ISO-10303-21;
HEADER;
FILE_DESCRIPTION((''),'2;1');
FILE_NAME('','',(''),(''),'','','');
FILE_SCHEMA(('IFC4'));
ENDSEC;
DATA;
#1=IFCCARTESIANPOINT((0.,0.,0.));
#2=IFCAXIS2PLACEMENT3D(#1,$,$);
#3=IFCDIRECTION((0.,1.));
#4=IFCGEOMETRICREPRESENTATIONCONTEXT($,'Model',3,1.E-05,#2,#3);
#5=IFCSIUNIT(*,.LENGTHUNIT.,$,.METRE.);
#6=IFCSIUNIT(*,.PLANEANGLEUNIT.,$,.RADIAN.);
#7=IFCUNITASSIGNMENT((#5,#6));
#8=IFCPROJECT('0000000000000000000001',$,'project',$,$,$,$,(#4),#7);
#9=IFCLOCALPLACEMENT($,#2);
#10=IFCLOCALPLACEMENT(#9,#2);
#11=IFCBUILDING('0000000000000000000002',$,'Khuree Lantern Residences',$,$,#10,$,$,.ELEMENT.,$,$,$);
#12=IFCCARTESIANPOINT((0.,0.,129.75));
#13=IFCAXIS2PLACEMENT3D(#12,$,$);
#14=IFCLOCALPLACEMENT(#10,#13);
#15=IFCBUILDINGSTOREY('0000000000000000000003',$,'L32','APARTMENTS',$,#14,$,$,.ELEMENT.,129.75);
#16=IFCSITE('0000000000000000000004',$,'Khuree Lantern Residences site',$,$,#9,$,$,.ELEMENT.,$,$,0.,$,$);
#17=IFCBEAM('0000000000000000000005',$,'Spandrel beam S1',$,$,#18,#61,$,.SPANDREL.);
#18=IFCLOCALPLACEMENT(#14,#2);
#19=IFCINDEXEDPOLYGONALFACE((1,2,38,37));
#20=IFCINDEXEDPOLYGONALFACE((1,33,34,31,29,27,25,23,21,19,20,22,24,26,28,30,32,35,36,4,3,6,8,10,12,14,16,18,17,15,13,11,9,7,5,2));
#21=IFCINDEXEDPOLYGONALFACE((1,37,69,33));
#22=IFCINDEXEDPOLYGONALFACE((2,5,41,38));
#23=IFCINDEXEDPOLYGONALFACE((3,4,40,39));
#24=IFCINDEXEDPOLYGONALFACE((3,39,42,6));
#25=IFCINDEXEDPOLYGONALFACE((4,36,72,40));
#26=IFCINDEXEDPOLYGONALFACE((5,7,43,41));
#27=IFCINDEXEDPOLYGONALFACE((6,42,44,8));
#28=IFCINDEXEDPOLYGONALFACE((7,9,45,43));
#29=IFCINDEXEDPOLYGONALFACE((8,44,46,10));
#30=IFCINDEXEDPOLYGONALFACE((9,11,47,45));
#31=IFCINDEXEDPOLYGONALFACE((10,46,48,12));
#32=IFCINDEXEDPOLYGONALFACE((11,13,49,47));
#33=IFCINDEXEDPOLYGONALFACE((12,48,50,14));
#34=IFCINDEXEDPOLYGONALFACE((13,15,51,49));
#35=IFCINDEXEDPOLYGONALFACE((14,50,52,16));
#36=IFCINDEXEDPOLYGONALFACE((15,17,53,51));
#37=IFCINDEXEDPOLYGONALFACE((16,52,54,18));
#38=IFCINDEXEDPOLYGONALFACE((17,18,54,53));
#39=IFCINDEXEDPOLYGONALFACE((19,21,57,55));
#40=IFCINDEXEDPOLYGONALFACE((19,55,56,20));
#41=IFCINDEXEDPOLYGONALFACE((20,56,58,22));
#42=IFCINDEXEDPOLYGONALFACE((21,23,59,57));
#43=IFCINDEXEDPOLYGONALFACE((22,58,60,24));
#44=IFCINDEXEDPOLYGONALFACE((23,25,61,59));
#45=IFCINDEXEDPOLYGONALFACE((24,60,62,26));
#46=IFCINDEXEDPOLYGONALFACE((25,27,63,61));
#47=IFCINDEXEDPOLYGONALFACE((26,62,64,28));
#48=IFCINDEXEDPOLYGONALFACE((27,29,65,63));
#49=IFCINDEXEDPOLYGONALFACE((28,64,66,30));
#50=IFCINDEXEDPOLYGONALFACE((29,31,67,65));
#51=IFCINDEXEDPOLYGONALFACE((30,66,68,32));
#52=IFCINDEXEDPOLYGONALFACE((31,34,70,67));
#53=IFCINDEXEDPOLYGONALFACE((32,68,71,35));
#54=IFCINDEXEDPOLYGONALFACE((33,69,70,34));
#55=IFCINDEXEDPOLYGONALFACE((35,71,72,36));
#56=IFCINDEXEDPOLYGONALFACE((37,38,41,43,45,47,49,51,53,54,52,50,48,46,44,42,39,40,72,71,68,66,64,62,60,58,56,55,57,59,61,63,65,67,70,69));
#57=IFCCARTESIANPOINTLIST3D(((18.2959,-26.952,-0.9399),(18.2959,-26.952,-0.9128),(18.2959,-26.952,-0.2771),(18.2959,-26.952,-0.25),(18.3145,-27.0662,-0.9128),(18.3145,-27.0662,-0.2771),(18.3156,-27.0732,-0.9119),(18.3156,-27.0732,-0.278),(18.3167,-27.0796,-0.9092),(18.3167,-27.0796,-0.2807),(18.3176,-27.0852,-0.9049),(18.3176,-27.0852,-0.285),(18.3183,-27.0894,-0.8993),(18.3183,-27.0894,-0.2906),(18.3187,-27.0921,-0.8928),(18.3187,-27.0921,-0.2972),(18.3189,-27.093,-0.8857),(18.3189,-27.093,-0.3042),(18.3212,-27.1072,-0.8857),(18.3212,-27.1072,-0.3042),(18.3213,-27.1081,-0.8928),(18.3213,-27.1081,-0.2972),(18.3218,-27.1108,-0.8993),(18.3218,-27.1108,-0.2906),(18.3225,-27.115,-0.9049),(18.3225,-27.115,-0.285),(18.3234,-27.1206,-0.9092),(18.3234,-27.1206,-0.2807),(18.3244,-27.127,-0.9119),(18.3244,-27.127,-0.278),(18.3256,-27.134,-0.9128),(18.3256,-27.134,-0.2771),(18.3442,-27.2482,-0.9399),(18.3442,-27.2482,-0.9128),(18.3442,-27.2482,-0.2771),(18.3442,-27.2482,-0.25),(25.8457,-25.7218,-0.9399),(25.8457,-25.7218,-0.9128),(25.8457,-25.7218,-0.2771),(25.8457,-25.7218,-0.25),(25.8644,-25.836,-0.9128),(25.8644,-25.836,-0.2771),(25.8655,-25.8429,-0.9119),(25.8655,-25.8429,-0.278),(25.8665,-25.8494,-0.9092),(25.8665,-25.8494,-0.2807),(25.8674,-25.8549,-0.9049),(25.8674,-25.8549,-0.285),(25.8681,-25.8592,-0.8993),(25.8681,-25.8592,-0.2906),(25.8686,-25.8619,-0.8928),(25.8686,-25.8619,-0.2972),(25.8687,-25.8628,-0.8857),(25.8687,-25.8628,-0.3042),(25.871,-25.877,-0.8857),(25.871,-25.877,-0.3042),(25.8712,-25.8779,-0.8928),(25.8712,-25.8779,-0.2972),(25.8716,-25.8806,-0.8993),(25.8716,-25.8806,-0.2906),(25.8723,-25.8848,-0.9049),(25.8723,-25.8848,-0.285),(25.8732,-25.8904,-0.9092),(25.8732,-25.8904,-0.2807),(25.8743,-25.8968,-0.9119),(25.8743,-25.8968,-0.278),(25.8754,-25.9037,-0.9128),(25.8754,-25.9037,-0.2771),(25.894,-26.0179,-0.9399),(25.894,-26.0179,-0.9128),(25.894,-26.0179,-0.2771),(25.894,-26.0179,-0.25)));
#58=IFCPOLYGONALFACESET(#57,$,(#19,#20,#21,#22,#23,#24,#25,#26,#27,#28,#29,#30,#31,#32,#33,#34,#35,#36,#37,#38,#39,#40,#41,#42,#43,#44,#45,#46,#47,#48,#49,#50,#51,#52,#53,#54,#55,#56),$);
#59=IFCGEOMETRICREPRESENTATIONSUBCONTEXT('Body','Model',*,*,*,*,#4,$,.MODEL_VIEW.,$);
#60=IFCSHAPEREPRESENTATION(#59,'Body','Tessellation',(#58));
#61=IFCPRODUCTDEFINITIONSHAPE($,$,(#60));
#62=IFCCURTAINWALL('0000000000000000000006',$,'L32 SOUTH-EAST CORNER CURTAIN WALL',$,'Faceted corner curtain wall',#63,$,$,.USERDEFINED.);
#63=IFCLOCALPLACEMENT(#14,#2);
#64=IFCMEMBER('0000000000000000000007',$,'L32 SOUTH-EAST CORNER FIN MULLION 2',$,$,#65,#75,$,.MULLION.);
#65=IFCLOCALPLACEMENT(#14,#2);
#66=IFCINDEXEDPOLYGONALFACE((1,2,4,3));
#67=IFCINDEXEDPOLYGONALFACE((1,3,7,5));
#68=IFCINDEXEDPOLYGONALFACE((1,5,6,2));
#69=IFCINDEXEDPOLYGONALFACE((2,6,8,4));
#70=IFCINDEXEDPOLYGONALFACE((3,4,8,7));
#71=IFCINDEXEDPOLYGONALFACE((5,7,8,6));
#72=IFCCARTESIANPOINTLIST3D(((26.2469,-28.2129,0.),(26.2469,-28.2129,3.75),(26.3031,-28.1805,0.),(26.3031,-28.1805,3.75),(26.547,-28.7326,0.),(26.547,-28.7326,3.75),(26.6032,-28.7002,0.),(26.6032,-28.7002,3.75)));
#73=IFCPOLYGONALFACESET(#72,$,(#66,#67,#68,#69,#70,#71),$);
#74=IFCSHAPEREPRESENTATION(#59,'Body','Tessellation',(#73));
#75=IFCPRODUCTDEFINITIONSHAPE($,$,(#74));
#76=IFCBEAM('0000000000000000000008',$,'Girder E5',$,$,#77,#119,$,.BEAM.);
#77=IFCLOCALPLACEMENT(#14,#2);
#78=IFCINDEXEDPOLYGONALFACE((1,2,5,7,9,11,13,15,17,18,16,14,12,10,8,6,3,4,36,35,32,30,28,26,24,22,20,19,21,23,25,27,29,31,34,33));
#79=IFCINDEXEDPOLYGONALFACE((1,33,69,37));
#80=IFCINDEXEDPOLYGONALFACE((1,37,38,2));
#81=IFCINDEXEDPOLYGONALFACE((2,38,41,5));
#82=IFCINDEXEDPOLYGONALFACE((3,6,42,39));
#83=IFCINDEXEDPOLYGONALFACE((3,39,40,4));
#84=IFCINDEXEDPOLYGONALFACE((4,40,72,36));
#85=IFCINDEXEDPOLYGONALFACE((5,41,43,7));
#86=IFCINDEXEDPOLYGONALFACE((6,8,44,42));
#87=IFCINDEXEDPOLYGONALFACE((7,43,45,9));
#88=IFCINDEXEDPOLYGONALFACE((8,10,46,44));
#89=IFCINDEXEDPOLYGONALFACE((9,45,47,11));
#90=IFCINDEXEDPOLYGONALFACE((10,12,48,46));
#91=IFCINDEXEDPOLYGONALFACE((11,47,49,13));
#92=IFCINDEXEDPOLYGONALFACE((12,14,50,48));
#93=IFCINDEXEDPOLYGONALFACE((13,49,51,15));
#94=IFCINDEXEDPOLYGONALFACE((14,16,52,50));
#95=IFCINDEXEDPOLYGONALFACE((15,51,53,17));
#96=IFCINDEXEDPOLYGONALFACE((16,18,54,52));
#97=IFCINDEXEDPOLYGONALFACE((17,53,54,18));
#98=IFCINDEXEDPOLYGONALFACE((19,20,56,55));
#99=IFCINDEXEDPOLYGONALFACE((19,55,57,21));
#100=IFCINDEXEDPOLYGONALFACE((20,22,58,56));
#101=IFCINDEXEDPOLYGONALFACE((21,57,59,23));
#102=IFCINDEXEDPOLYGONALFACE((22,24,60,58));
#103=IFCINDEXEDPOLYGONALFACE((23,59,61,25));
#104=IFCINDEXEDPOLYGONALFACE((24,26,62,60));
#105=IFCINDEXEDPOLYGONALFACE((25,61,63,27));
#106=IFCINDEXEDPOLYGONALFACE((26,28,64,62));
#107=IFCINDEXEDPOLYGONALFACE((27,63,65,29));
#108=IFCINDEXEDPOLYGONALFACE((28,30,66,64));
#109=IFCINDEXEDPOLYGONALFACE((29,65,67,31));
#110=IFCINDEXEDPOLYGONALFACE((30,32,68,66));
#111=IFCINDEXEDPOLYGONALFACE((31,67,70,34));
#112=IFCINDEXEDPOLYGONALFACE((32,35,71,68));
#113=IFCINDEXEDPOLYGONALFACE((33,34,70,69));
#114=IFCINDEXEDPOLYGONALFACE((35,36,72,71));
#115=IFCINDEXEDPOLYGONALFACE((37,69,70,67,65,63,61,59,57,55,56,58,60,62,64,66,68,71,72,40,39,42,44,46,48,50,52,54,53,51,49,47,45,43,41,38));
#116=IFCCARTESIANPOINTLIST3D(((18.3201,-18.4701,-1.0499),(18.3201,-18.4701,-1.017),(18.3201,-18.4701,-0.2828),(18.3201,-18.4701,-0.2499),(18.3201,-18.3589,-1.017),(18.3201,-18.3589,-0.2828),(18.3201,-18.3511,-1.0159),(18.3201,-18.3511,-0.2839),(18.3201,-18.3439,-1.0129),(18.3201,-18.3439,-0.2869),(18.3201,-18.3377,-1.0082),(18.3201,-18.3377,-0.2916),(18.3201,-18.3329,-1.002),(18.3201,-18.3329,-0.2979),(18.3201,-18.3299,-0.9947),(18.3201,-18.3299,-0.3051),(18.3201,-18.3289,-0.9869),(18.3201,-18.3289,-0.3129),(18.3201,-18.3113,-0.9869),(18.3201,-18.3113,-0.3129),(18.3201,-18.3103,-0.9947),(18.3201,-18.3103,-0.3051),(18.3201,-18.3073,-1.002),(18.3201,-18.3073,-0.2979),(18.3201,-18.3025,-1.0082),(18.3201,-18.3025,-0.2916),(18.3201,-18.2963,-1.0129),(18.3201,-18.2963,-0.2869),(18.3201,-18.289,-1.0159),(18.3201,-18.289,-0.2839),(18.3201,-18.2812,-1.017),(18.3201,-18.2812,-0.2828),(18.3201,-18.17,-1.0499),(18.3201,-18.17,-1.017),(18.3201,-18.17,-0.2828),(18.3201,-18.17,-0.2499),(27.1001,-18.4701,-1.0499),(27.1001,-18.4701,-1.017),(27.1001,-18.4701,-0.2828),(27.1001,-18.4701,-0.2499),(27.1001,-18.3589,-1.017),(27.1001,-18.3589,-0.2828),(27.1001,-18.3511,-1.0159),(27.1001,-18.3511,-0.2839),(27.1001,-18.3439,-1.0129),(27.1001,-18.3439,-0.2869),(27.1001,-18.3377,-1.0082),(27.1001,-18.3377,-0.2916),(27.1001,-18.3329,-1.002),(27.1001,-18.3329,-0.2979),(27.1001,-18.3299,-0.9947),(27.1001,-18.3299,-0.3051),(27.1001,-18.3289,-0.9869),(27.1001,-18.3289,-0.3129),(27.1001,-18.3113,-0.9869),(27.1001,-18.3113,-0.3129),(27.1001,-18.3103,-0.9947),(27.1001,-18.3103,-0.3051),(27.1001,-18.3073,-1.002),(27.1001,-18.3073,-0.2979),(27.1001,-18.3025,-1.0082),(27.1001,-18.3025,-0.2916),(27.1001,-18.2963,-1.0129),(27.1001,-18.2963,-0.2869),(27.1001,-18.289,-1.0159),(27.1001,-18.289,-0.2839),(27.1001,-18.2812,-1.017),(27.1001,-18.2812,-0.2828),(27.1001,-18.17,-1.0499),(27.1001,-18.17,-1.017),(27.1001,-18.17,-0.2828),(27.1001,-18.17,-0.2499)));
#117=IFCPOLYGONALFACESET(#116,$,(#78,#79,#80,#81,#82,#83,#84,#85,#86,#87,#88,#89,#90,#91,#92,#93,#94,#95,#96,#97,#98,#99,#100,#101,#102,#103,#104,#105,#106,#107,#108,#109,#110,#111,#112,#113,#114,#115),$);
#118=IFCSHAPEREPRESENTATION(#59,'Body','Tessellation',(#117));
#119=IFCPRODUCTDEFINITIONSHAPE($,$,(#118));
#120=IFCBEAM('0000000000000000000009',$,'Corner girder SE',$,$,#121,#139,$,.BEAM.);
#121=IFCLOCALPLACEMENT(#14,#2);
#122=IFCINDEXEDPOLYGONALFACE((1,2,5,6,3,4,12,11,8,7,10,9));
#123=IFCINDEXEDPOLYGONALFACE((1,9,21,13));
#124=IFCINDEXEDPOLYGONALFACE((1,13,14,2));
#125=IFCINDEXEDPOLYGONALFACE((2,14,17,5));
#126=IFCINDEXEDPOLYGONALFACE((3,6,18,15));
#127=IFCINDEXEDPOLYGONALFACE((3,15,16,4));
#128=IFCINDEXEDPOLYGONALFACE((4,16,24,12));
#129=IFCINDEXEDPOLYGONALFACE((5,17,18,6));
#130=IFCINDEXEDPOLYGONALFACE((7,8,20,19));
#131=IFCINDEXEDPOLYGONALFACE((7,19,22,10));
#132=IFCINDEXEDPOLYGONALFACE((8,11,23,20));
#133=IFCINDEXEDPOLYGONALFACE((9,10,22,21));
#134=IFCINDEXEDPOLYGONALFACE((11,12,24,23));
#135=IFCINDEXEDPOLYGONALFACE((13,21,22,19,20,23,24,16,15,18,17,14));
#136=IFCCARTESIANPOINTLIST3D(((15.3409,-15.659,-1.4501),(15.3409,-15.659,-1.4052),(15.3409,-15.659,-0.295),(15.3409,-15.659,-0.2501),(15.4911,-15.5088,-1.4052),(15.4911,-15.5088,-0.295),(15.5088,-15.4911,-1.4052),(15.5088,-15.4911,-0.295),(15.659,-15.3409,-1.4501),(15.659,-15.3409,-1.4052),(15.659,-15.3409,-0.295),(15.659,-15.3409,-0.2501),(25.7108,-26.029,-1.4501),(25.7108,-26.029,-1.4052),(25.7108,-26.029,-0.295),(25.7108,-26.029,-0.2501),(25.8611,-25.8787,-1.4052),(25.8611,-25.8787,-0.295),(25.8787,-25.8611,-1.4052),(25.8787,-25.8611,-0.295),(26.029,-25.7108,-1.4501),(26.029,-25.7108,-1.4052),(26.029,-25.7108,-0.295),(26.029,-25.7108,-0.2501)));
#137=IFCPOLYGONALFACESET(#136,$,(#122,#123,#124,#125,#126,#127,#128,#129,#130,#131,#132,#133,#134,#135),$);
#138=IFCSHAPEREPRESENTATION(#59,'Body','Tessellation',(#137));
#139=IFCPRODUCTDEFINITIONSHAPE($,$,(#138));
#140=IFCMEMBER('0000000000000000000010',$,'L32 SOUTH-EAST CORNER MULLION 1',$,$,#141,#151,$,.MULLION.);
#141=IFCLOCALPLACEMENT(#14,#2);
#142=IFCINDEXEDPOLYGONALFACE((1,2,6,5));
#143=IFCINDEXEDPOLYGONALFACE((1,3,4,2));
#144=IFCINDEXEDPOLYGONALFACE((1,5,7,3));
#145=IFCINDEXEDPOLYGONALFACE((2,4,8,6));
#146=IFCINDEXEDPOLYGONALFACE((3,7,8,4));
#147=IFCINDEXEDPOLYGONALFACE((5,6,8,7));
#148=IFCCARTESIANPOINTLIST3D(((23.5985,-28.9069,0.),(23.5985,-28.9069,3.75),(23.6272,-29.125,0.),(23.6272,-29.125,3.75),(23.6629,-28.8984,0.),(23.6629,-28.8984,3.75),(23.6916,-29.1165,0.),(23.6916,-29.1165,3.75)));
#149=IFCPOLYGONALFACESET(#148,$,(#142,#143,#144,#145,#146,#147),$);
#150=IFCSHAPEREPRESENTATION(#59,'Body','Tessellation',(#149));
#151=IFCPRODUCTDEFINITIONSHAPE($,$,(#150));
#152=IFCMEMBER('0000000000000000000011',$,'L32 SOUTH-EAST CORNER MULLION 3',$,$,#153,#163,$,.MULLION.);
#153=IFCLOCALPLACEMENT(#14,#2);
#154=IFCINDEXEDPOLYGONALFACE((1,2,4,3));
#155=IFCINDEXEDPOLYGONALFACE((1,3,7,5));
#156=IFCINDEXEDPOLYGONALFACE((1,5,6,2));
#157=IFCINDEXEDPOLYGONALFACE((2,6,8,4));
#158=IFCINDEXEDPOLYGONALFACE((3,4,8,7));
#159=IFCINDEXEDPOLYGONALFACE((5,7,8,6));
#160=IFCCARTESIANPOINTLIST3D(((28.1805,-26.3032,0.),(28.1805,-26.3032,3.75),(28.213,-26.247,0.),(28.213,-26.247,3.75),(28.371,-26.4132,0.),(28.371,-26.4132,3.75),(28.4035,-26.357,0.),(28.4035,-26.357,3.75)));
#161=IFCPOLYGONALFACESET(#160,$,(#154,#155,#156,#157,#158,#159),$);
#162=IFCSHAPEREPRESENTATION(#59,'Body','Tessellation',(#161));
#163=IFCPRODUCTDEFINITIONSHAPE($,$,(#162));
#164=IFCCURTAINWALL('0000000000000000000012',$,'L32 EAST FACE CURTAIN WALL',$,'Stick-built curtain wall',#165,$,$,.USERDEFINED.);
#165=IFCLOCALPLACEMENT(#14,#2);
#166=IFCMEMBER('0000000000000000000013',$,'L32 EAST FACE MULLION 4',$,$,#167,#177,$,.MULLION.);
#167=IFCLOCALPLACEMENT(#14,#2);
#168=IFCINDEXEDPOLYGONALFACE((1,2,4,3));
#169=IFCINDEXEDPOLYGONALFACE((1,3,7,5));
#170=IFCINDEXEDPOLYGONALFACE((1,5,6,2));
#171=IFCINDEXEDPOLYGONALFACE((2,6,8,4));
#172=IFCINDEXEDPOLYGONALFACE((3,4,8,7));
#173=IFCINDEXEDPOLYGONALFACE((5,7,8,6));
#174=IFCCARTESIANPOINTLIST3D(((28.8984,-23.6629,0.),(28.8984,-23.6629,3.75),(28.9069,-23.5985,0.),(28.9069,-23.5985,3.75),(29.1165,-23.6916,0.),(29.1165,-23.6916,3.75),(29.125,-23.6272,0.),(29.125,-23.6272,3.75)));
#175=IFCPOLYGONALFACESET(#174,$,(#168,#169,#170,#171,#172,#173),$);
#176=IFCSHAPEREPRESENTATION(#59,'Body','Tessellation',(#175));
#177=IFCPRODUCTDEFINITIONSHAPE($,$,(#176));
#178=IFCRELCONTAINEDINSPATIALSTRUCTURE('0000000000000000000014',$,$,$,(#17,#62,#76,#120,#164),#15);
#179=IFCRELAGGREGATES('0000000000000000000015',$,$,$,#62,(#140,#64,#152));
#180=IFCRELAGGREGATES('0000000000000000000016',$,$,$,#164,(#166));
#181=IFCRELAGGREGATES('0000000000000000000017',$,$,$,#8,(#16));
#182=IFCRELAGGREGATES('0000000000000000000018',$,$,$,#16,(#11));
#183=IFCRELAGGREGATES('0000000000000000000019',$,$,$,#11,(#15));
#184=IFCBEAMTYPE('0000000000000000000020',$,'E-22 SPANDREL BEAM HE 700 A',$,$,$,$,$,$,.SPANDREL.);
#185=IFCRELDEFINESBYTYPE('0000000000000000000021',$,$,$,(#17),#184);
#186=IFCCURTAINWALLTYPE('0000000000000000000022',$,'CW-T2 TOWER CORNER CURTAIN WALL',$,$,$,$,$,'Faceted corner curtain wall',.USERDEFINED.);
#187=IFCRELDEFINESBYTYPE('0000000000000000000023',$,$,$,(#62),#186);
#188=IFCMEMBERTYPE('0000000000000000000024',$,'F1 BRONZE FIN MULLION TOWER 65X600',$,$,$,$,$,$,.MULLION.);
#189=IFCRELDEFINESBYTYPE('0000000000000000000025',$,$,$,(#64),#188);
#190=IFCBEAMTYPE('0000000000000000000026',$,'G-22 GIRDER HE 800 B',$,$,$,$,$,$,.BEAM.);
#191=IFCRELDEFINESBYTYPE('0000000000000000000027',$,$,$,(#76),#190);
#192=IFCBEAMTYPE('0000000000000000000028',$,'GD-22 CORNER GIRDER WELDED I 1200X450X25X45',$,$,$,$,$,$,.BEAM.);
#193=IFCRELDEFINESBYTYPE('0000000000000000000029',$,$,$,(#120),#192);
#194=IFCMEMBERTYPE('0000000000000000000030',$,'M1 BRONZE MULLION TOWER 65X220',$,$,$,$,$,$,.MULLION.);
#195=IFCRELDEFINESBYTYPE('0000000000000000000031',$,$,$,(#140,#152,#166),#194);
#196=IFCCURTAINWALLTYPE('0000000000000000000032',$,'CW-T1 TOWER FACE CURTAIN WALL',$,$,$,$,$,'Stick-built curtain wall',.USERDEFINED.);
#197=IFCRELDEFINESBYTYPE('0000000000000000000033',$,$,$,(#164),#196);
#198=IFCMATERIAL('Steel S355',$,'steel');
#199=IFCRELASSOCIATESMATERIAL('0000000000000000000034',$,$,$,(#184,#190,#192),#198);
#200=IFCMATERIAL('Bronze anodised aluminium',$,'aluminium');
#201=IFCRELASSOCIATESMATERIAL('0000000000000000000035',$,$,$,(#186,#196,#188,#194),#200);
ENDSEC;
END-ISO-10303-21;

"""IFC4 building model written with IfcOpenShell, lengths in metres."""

from ifc_helpers import new_model, si_unit, direction, frame, origin, origin_2d, place, context, subcontext, project, spatial, rectangle, i_section, extrude, material, material_profile, profile_set, type_object, element, aggregate, save


model = new_model("IFC4")

# Units and contexts
model_context = context("Model", 3, precision=1e-05, world=origin(), true_north=direction((0.0, 1.0)))
body_context = subcontext(model_context, "Body", "Model", "MODEL_VIEW")
ifc_project = project(units=[si_unit("LENGTHUNIT", "METRE"), si_unit("PLANEANGLEUNIT", "RADIAN")], contexts=[model_context])

# Site, building, storey
site_placement = place(None, origin())
site = spatial("IfcSite", under=ifc_project, at=site_placement, Name="Khuree Lantern Residences site", CompositionType="ELEMENT", RefElevation=0.0)
building_placement = place(site_placement, origin())
building = spatial("IfcBuilding", under=site, at=building_placement, Name="Khuree Lantern Residences", CompositionType="ELEMENT")
storey_placement = place(building_placement, frame((0.0, 0.0, 129.75)))
storey = spatial("IfcBuildingStorey", under=building, at=storey_placement, Name="L32", Description="APARTMENTS", CompositionType="ELEMENT", Elevation=129.75)

# Beam
ifc_material_1 = material(Name="Steel S355", Category="steel")
ifc_material_profile_1 = material_profile(ifc_material_1, i_section(OverallWidth=0.3, OverallDepth=0.6899, WebThickness=0.0144, FlangeThickness=0.0271, FilletRadius=0.0271, at=origin_2d()), Name="HE 700 A")
ifc_profile_set_1 = profile_set([ifc_material_profile_1], Name="Steel S355")
beam_type_1 = type_object("IfcBeamType", Name="E-22 SPANDREL BEAM HE 700 A", PredefinedType="SPANDREL", material=ifc_profile_set_1)
for number, where, z_axis, x_axis, name in (
    (1, (25.8699, -25.8699, -0.595), (-0.986983, -0.160827, 0.0), (0.160827, -0.986983, 0.0), "Spandrel beam S1"),
):
    element("IfcBeam", number, at=place(storey_placement, frame(where, z_axis=z_axis, x_axis=x_axis)), inside=storey, type_object=beam_type_1, Name=name, PredefinedType="SPANDREL", context=body_context, shape_type="SweptSolid", body=[
        extrude(i_section(OverallWidth=0.3, OverallDepth=0.6899, WebThickness=0.0144, FlangeThickness=0.0271, FilletRadius=0.0271, at=origin_2d()), origin(), (0.0, 0.0, 1.0), 7.6494),
    ])

# Curtain wall, member
ifc_material_2 = material(Name="Bronze anodised aluminium", Category="aluminium")
curtain_wall_type_1 = type_object("IfcCurtainWallType", Name="CW-T2 TOWER CORNER CURTAIN WALL", ElementType="Faceted corner curtain wall", PredefinedType="USERDEFINED", material=ifc_material_2)
curtain_wall_1_placement = place(storey_placement, origin())
curtain_wall_1 = element("IfcCurtainWall", 2, at=curtain_wall_1_placement, inside=storey, type_object=curtain_wall_type_1, Name="L32 SOUTH-EAST CORNER CURTAIN WALL", ObjectType="Faceted corner curtain wall", PredefinedType="USERDEFINED")
ifc_material_profile_2 = material_profile(ifc_material_2, rectangle(XDim=0.0649, YDim=0.6001, at=origin_2d()), Name="F1 65X600")
ifc_profile_set_2 = profile_set([ifc_material_profile_2], Name="Bronze anodised aluminium")
member_type_1 = type_object("IfcMemberType", Name="F1 BRONZE FIN MULLION TOWER 65X600", PredefinedType="MULLION", material=ifc_profile_set_2)
member_1_placement = place(storey_placement, frame((26.425, -28.4565, 0.0), z_axis=(0.0, 0.0, 1.0), x_axis=(0.866025, 0.5, 0.0)))
member_1 = element("IfcMember", 3, at=member_1_placement, type_object=member_type_1, Name="L32 SOUTH-EAST CORNER FIN MULLION 2", PredefinedType="MULLION", context=body_context, shape_type="SweptSolid", body=[
    extrude(rectangle(XDim=0.0649, YDim=0.6001, at=origin_2d()), origin(), (0.0, 0.0, 1.0), 3.75),
])

# Beams
ifc_material_profile_3 = material_profile(ifc_material_1, i_section(OverallWidth=0.3, OverallDepth=0.8, WebThickness=0.0176, FlangeThickness=0.033, FilletRadius=0.03, at=origin_2d()), Name="HE 800 B")
ifc_profile_set_3 = profile_set([ifc_material_profile_3], Name="Steel S355")
beam_type_2 = type_object("IfcBeamType", Name="G-22 GIRDER HE 800 B", PredefinedType="BEAM", material=ifc_profile_set_3)
beam_1_placement = place(storey_placement, frame((27.1001, -18.3201, -0.6499), z_axis=(-1.0, 0.0, 0.0), x_axis=(0.0, -1.0, 0.0)))
element("IfcBeam", 4, at=beam_1_placement, inside=storey, type_object=beam_type_2, Name="Girder E5", PredefinedType="BEAM", context=body_context, shape_type="SweptSolid", body=[
    extrude(i_section(OverallWidth=0.3, OverallDepth=0.8, WebThickness=0.0176, FlangeThickness=0.033, FilletRadius=0.03, at=origin_2d()), origin(), (0.0, 0.0, 1.0), 8.78),
])
ifc_material_profile_4 = material_profile(ifc_material_1, i_section(OverallWidth=0.45, OverallDepth=1.2, WebThickness=0.0249, FlangeThickness=0.0449, at=origin_2d()), Name="WELDED I 1200X450X25X45")
ifc_profile_set_4 = profile_set([ifc_material_profile_4], Name="Steel S355")
beam_type_3 = type_object("IfcBeamType", Name="GD-22 CORNER GIRDER WELDED I 1200X450X25X45", PredefinedType="BEAM", material=ifc_profile_set_4)
beam_2_placement = place(storey_placement, frame((25.8699, -25.8699, -0.8501), z_axis=(-0.707107, 0.707107, 0.0), x_axis=(-0.707107, -0.707107, 0.0)))
element("IfcBeam", 5, at=beam_2_placement, inside=storey, type_object=beam_type_3, Name="Corner girder SE", PredefinedType="BEAM", context=body_context, shape_type="SweptSolid", body=[
    extrude(i_section(OverallWidth=0.45, OverallDepth=1.2, WebThickness=0.0249, FlangeThickness=0.0449, at=origin_2d()), origin(), (0.0, 0.0, 1.0), 14.6653),
])

# Members
ifc_material_profile_5 = material_profile(ifc_material_2, rectangle(XDim=0.0649, YDim=0.22, at=origin_2d()), Name="M1 65X220")
ifc_profile_set_5 = profile_set([ifc_material_profile_5], Name="Bronze anodised aluminium")
member_type_2 = type_object("IfcMemberType", Name="M1 BRONZE MULLION TOWER 65X220", PredefinedType="MULLION", material=ifc_profile_set_5)
member_2_placement = place(storey_placement, frame((23.645, -29.0117, 0.0), z_axis=(0.0, 0.0, 1.0), x_axis=(0.991445, 0.130526, 0.0)))
member_2 = element("IfcMember", 6, at=member_2_placement, type_object=member_type_2, Name="L32 SOUTH-EAST CORNER MULLION 1", PredefinedType="MULLION", context=body_context, shape_type="SweptSolid", body=[
    extrude(rectangle(XDim=0.0649, YDim=0.22, at=origin_2d()), origin(), (0.0, 0.0, 1.0), 3.75),
])
member_3_placement = place(storey_placement, frame((28.292, -26.3301, 0.0), z_axis=(0.0, 0.0, 1.0), x_axis=(0.5, 0.866025, 0.0)))
member_3 = element("IfcMember", 7, at=member_3_placement, type_object=member_type_2, Name="L32 SOUTH-EAST CORNER MULLION 3", PredefinedType="MULLION", context=body_context, shape_type="SweptSolid", body=[
    extrude(rectangle(XDim=0.0649, YDim=0.22, at=origin_2d()), origin(), (0.0, 0.0, 1.0), 3.75),
])

# Curtain wall, member
curtain_wall_type_2 = type_object("IfcCurtainWallType", Name="CW-T1 TOWER FACE CURTAIN WALL", ElementType="Stick-built curtain wall", PredefinedType="USERDEFINED", material=ifc_material_2)
curtain_wall_2_placement = place(storey_placement, origin())
curtain_wall_2 = element("IfcCurtainWall", 8, at=curtain_wall_2_placement, inside=storey, type_object=curtain_wall_type_2, Name="L32 EAST FACE CURTAIN WALL", ObjectType="Stick-built curtain wall", PredefinedType="USERDEFINED")
member_4_placement = place(storey_placement, frame((29.0117, -23.645, 0.0), z_axis=(0.0, 0.0, 1.0), x_axis=(0.130526, 0.991445, 0.0)))
member_4 = element("IfcMember", 9, at=member_4_placement, type_object=member_type_2, Name="L32 EAST FACE MULLION 4", PredefinedType="MULLION", context=body_context, shape_type="SweptSolid", body=[
    extrude(rectangle(XDim=0.0649, YDim=0.22, at=origin_2d()), origin(), (0.0, 0.0, 1.0), 3.75),
])

aggregate(curtain_wall_1, [member_2, member_1, member_3])

aggregate(curtain_wall_2, [member_4])

save(model, "model.ifc")
